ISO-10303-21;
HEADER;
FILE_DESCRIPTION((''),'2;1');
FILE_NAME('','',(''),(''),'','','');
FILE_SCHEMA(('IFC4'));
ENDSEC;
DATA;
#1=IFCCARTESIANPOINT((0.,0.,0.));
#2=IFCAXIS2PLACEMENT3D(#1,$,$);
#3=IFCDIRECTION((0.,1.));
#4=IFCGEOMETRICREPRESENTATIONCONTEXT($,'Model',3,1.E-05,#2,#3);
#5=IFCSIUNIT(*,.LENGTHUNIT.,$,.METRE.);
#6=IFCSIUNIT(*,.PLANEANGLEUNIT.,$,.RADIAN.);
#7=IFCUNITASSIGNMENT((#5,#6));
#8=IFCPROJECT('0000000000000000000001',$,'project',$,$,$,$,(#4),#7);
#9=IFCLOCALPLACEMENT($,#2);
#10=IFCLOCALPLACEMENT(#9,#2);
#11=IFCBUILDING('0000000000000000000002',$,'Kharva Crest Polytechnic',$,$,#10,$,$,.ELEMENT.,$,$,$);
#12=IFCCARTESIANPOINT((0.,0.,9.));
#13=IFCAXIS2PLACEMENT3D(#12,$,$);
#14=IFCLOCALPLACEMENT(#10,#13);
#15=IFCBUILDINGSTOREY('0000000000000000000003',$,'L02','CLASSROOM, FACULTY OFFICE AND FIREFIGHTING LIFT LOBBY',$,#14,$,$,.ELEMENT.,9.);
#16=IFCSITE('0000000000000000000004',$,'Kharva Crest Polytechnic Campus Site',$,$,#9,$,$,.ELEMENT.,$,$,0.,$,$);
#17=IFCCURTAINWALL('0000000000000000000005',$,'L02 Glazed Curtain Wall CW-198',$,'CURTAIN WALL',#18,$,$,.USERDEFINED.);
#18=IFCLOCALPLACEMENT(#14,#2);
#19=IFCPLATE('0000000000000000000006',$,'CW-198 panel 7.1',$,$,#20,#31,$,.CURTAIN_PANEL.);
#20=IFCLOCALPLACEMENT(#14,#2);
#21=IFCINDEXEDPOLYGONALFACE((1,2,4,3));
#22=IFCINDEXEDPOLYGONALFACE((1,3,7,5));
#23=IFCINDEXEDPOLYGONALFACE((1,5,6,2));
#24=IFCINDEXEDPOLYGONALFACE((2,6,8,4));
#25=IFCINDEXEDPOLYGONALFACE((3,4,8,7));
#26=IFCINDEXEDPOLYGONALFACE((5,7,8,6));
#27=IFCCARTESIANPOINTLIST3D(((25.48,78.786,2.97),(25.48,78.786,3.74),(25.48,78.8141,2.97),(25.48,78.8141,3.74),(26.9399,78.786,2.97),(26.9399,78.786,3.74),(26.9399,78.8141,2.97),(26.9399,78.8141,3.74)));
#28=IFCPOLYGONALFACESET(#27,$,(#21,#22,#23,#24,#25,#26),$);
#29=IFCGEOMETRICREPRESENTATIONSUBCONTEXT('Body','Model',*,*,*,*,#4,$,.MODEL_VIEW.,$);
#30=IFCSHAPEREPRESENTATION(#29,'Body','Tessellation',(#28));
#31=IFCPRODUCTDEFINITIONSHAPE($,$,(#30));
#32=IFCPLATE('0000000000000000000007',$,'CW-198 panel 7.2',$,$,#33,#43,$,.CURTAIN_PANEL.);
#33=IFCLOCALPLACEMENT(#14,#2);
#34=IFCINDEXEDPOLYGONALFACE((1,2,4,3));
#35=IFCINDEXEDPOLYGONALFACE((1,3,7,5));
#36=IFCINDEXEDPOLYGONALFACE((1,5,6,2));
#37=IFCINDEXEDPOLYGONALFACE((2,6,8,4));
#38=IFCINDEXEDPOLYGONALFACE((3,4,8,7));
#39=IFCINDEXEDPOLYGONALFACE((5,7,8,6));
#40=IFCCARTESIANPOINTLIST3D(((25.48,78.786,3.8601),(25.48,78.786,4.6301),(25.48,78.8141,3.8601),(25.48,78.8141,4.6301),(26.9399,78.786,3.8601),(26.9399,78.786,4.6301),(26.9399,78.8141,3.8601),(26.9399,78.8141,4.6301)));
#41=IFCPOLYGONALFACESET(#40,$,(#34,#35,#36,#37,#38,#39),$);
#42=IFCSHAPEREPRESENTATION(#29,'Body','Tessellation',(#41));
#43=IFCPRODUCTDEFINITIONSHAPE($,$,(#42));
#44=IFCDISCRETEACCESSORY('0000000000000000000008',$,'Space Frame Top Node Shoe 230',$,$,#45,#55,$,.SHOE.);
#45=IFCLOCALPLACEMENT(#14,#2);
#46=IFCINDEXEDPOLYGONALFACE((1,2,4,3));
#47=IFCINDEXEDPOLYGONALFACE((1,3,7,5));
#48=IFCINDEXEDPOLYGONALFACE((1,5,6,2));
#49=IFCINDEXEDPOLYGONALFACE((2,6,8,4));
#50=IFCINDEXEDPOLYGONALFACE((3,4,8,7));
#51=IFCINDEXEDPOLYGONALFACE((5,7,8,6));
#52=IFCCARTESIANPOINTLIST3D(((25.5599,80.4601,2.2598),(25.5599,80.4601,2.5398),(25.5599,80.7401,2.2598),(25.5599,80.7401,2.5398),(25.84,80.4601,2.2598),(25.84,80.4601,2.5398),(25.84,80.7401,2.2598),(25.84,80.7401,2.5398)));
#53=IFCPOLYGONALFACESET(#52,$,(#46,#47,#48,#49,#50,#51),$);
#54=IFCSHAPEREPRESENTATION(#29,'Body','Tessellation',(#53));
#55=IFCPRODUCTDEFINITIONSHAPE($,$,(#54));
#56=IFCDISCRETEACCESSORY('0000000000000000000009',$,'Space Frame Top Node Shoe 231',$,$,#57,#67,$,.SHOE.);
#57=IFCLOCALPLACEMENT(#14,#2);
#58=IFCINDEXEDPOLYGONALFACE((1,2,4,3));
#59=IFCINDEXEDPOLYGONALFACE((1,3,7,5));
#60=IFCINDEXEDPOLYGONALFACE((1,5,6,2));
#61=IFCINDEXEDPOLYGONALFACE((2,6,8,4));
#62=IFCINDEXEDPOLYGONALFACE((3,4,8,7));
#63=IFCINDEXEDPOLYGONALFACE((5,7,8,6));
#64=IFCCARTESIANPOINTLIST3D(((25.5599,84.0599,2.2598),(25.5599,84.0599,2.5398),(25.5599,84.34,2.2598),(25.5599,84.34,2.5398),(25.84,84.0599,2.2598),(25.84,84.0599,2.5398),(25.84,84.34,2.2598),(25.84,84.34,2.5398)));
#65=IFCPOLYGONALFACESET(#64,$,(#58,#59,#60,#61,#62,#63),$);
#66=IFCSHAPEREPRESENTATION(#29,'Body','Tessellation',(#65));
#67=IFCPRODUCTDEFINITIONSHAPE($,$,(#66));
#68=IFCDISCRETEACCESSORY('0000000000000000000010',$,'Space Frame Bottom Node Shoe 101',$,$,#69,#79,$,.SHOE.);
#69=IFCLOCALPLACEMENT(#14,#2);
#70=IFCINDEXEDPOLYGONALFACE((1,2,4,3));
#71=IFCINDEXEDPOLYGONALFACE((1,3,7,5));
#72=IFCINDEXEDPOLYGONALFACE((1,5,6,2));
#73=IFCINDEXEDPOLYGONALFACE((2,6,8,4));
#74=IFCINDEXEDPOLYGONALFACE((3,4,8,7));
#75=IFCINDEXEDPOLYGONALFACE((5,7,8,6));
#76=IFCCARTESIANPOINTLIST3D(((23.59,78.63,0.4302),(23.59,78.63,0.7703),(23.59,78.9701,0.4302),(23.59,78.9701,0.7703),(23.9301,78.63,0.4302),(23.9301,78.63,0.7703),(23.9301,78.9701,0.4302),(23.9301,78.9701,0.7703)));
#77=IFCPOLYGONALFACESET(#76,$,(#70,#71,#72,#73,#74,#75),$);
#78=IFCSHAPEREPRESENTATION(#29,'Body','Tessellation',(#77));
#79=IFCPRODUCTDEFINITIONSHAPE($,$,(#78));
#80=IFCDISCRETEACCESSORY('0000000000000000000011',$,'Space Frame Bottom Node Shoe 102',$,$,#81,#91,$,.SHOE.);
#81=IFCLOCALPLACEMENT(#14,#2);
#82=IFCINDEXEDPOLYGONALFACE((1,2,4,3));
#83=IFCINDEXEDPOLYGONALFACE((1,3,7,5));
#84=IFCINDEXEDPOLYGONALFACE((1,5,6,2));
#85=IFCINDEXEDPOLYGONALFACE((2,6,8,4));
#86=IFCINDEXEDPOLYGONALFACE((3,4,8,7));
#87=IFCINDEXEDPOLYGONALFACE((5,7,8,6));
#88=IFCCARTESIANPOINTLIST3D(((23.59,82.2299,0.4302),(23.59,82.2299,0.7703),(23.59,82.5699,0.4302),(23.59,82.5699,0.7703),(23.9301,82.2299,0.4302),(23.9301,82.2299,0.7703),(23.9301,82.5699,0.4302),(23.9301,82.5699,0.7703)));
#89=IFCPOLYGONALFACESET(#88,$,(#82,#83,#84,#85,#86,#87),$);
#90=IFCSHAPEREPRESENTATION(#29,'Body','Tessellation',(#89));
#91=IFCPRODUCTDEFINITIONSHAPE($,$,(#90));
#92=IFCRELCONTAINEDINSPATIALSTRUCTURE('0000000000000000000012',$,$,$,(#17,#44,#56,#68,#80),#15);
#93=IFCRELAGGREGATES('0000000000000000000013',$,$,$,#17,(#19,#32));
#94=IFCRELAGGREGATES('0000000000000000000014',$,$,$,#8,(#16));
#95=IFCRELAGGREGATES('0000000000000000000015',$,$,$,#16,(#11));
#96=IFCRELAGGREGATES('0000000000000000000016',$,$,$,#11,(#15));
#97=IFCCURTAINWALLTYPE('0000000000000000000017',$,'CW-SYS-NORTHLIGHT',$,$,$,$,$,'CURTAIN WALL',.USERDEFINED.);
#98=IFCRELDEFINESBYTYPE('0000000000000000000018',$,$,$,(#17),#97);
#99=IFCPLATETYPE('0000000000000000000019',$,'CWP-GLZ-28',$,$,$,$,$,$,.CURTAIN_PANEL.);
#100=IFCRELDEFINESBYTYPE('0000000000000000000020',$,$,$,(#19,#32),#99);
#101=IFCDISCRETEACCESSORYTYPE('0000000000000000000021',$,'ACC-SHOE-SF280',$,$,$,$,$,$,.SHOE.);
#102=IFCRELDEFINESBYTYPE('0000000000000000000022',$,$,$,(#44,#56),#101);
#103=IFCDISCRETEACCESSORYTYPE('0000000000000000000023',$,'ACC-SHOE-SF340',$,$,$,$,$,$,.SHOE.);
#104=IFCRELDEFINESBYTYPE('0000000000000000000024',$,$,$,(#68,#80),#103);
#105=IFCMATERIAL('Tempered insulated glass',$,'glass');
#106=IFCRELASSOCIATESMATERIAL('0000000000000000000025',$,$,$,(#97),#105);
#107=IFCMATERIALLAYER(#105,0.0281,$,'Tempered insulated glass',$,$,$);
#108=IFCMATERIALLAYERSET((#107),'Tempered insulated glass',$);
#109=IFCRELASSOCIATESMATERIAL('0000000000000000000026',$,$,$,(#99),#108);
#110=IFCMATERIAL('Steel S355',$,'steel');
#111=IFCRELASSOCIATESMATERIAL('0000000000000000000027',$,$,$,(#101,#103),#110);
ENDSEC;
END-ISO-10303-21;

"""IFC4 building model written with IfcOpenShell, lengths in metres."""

from ifc_helpers import new_model, si_unit, direction, frame, origin, origin_2d, place, context, subcontext, project, spatial, rectangle, extrude, material, layer, layer_set, type_object, element, aggregate, save


model = new_model("IFC4")

# Units and contexts
model_context = context("Model", 3, precision=1e-05, world=origin(), true_north=direction((0.0, 1.0)))
body_context = subcontext(model_context, "Body", "Model", "MODEL_VIEW")
ifc_project = project(units=[si_unit("LENGTHUNIT", "METRE"), si_unit("PLANEANGLEUNIT", "RADIAN")], contexts=[model_context])

# Site, building, storey
site_placement = place(None, origin())
site = spatial("IfcSite", under=ifc_project, at=site_placement, Name="Kharva Crest Polytechnic Campus Site", CompositionType="ELEMENT", RefElevation=0.0)
building_placement = place(site_placement, origin())
building = spatial("IfcBuilding", under=site, at=building_placement, Name="Kharva Crest Polytechnic", CompositionType="ELEMENT")
storey_placement = place(building_placement, frame((0.0, 0.0, 9.0)))
storey = spatial("IfcBuildingStorey", under=building, at=storey_placement, Name="L02", Description="CLASSROOM, FACULTY OFFICE AND FIREFIGHTING LIFT LOBBY", CompositionType="ELEMENT", Elevation=9.0)

# Curtain wall
ifc_material_1 = material(Name="Tempered insulated glass", Category="glass")
curtain_wall_type = type_object("IfcCurtainWallType", Name="CW-SYS-NORTHLIGHT", ElementType="CURTAIN WALL", PredefinedType="USERDEFINED", material=ifc_material_1)
curtain_wall_placement = place(storey_placement, origin())
curtain_wall = element("IfcCurtainWall", 1, at=curtain_wall_placement, inside=storey, type_object=curtain_wall_type, Name="L02 Glazed Curtain Wall CW-198", ObjectType="CURTAIN WALL", PredefinedType="USERDEFINED")
ifc_material_2 = material(Name="Steel S355", Category="steel")

# Plates
ifc_layer = layer(ifc_material_1, 0.0281, Name="Tempered insulated glass")
ifc_layer_set = layer_set([ifc_layer], Name="Tempered insulated glass")
plate_type = type_object("IfcPlateType", Name="CWP-GLZ-28", PredefinedType="CURTAIN_PANEL", material=ifc_layer_set)
plate_1_placement = place(storey_placement, frame((26.21, 78.8, 2.97), z_axis=(0.0, 0.0, 1.0), x_axis=(1.0, 0.0, 0.0)))
plate_1 = element("IfcPlate", 2, at=plate_1_placement, type_object=plate_type, Name="CW-198 panel 7.1", PredefinedType="CURTAIN_PANEL", context=body_context, shape_type="SweptSolid", body=[
    extrude(rectangle(XDim=1.46, YDim=0.0281, at=origin_2d()), origin(), (0.0, 0.0, 1.0), 0.77),
])
plate_2_placement = place(storey_placement, frame((26.21, 78.8, 3.8601), z_axis=(0.0, 0.0, 1.0), x_axis=(1.0, 0.0, 0.0)))
plate_2 = element("IfcPlate", 3, at=plate_2_placement, type_object=plate_type, Name="CW-198 panel 7.2", PredefinedType="CURTAIN_PANEL", context=body_context, shape_type="SweptSolid", body=[
    extrude(rectangle(XDim=1.46, YDim=0.0281, at=origin_2d()), origin(), (0.0, 0.0, 1.0), 0.77),
])
aggregate(curtain_wall, [plate_1, plate_2])

# Discrete accessories
discrete_accessory_type_1 = type_object("IfcDiscreteAccessoryType", Name="ACC-SHOE-SF280", PredefinedType="SHOE", material=ifc_material_2)
for number, where, z_axis, x_axis, name in (
    (4, (25.7, 80.6001, 2.2598), (0.0, 0.0, 1.0), (1.0, 0.0, 0.0), "Space Frame Top Node Shoe 230"),
    (5, (25.7, 84.2, 2.2598), (0.0, 0.0, 1.0), (1.0, 0.0, 0.0), "Space Frame Top Node Shoe 231"),
):
    element("IfcDiscreteAccessory", number, at=place(storey_placement, frame(where, z_axis=z_axis, x_axis=x_axis)), inside=storey, type_object=discrete_accessory_type_1, Name=name, PredefinedType="SHOE", context=body_context, shape_type="SweptSolid", body=[
        extrude(rectangle(XDim=0.28, YDim=0.28, at=origin_2d()), origin(), (0.0, 0.0, 1.0), 0.28),
    ])
discrete_accessory_type_2 = type_object("IfcDiscreteAccessoryType", Name="ACC-SHOE-SF340", PredefinedType="SHOE", material=ifc_material_2)
for number, where, z_axis, x_axis, name in (
    (6, (23.76, 78.8, 0.4302), (0.0, 0.0, 1.0), (1.0, 0.0, 0.0), "Space Frame Bottom Node Shoe 101"),
    (7, (23.76, 82.3999, 0.4302), (0.0, 0.0, 1.0), (1.0, 0.0, 0.0), "Space Frame Bottom Node Shoe 102"),
):
    element("IfcDiscreteAccessory", number, at=place(storey_placement, frame(where, z_axis=z_axis, x_axis=x_axis)), inside=storey, type_object=discrete_accessory_type_2, Name=name, PredefinedType="SHOE", context=body_context, shape_type="SweptSolid", body=[
        extrude(rectangle(XDim=0.3401, YDim=0.3401, at=origin_2d()), origin(), (0.0, 0.0, 1.0), 0.3401),
    ])

save(model, "model.ifc")
